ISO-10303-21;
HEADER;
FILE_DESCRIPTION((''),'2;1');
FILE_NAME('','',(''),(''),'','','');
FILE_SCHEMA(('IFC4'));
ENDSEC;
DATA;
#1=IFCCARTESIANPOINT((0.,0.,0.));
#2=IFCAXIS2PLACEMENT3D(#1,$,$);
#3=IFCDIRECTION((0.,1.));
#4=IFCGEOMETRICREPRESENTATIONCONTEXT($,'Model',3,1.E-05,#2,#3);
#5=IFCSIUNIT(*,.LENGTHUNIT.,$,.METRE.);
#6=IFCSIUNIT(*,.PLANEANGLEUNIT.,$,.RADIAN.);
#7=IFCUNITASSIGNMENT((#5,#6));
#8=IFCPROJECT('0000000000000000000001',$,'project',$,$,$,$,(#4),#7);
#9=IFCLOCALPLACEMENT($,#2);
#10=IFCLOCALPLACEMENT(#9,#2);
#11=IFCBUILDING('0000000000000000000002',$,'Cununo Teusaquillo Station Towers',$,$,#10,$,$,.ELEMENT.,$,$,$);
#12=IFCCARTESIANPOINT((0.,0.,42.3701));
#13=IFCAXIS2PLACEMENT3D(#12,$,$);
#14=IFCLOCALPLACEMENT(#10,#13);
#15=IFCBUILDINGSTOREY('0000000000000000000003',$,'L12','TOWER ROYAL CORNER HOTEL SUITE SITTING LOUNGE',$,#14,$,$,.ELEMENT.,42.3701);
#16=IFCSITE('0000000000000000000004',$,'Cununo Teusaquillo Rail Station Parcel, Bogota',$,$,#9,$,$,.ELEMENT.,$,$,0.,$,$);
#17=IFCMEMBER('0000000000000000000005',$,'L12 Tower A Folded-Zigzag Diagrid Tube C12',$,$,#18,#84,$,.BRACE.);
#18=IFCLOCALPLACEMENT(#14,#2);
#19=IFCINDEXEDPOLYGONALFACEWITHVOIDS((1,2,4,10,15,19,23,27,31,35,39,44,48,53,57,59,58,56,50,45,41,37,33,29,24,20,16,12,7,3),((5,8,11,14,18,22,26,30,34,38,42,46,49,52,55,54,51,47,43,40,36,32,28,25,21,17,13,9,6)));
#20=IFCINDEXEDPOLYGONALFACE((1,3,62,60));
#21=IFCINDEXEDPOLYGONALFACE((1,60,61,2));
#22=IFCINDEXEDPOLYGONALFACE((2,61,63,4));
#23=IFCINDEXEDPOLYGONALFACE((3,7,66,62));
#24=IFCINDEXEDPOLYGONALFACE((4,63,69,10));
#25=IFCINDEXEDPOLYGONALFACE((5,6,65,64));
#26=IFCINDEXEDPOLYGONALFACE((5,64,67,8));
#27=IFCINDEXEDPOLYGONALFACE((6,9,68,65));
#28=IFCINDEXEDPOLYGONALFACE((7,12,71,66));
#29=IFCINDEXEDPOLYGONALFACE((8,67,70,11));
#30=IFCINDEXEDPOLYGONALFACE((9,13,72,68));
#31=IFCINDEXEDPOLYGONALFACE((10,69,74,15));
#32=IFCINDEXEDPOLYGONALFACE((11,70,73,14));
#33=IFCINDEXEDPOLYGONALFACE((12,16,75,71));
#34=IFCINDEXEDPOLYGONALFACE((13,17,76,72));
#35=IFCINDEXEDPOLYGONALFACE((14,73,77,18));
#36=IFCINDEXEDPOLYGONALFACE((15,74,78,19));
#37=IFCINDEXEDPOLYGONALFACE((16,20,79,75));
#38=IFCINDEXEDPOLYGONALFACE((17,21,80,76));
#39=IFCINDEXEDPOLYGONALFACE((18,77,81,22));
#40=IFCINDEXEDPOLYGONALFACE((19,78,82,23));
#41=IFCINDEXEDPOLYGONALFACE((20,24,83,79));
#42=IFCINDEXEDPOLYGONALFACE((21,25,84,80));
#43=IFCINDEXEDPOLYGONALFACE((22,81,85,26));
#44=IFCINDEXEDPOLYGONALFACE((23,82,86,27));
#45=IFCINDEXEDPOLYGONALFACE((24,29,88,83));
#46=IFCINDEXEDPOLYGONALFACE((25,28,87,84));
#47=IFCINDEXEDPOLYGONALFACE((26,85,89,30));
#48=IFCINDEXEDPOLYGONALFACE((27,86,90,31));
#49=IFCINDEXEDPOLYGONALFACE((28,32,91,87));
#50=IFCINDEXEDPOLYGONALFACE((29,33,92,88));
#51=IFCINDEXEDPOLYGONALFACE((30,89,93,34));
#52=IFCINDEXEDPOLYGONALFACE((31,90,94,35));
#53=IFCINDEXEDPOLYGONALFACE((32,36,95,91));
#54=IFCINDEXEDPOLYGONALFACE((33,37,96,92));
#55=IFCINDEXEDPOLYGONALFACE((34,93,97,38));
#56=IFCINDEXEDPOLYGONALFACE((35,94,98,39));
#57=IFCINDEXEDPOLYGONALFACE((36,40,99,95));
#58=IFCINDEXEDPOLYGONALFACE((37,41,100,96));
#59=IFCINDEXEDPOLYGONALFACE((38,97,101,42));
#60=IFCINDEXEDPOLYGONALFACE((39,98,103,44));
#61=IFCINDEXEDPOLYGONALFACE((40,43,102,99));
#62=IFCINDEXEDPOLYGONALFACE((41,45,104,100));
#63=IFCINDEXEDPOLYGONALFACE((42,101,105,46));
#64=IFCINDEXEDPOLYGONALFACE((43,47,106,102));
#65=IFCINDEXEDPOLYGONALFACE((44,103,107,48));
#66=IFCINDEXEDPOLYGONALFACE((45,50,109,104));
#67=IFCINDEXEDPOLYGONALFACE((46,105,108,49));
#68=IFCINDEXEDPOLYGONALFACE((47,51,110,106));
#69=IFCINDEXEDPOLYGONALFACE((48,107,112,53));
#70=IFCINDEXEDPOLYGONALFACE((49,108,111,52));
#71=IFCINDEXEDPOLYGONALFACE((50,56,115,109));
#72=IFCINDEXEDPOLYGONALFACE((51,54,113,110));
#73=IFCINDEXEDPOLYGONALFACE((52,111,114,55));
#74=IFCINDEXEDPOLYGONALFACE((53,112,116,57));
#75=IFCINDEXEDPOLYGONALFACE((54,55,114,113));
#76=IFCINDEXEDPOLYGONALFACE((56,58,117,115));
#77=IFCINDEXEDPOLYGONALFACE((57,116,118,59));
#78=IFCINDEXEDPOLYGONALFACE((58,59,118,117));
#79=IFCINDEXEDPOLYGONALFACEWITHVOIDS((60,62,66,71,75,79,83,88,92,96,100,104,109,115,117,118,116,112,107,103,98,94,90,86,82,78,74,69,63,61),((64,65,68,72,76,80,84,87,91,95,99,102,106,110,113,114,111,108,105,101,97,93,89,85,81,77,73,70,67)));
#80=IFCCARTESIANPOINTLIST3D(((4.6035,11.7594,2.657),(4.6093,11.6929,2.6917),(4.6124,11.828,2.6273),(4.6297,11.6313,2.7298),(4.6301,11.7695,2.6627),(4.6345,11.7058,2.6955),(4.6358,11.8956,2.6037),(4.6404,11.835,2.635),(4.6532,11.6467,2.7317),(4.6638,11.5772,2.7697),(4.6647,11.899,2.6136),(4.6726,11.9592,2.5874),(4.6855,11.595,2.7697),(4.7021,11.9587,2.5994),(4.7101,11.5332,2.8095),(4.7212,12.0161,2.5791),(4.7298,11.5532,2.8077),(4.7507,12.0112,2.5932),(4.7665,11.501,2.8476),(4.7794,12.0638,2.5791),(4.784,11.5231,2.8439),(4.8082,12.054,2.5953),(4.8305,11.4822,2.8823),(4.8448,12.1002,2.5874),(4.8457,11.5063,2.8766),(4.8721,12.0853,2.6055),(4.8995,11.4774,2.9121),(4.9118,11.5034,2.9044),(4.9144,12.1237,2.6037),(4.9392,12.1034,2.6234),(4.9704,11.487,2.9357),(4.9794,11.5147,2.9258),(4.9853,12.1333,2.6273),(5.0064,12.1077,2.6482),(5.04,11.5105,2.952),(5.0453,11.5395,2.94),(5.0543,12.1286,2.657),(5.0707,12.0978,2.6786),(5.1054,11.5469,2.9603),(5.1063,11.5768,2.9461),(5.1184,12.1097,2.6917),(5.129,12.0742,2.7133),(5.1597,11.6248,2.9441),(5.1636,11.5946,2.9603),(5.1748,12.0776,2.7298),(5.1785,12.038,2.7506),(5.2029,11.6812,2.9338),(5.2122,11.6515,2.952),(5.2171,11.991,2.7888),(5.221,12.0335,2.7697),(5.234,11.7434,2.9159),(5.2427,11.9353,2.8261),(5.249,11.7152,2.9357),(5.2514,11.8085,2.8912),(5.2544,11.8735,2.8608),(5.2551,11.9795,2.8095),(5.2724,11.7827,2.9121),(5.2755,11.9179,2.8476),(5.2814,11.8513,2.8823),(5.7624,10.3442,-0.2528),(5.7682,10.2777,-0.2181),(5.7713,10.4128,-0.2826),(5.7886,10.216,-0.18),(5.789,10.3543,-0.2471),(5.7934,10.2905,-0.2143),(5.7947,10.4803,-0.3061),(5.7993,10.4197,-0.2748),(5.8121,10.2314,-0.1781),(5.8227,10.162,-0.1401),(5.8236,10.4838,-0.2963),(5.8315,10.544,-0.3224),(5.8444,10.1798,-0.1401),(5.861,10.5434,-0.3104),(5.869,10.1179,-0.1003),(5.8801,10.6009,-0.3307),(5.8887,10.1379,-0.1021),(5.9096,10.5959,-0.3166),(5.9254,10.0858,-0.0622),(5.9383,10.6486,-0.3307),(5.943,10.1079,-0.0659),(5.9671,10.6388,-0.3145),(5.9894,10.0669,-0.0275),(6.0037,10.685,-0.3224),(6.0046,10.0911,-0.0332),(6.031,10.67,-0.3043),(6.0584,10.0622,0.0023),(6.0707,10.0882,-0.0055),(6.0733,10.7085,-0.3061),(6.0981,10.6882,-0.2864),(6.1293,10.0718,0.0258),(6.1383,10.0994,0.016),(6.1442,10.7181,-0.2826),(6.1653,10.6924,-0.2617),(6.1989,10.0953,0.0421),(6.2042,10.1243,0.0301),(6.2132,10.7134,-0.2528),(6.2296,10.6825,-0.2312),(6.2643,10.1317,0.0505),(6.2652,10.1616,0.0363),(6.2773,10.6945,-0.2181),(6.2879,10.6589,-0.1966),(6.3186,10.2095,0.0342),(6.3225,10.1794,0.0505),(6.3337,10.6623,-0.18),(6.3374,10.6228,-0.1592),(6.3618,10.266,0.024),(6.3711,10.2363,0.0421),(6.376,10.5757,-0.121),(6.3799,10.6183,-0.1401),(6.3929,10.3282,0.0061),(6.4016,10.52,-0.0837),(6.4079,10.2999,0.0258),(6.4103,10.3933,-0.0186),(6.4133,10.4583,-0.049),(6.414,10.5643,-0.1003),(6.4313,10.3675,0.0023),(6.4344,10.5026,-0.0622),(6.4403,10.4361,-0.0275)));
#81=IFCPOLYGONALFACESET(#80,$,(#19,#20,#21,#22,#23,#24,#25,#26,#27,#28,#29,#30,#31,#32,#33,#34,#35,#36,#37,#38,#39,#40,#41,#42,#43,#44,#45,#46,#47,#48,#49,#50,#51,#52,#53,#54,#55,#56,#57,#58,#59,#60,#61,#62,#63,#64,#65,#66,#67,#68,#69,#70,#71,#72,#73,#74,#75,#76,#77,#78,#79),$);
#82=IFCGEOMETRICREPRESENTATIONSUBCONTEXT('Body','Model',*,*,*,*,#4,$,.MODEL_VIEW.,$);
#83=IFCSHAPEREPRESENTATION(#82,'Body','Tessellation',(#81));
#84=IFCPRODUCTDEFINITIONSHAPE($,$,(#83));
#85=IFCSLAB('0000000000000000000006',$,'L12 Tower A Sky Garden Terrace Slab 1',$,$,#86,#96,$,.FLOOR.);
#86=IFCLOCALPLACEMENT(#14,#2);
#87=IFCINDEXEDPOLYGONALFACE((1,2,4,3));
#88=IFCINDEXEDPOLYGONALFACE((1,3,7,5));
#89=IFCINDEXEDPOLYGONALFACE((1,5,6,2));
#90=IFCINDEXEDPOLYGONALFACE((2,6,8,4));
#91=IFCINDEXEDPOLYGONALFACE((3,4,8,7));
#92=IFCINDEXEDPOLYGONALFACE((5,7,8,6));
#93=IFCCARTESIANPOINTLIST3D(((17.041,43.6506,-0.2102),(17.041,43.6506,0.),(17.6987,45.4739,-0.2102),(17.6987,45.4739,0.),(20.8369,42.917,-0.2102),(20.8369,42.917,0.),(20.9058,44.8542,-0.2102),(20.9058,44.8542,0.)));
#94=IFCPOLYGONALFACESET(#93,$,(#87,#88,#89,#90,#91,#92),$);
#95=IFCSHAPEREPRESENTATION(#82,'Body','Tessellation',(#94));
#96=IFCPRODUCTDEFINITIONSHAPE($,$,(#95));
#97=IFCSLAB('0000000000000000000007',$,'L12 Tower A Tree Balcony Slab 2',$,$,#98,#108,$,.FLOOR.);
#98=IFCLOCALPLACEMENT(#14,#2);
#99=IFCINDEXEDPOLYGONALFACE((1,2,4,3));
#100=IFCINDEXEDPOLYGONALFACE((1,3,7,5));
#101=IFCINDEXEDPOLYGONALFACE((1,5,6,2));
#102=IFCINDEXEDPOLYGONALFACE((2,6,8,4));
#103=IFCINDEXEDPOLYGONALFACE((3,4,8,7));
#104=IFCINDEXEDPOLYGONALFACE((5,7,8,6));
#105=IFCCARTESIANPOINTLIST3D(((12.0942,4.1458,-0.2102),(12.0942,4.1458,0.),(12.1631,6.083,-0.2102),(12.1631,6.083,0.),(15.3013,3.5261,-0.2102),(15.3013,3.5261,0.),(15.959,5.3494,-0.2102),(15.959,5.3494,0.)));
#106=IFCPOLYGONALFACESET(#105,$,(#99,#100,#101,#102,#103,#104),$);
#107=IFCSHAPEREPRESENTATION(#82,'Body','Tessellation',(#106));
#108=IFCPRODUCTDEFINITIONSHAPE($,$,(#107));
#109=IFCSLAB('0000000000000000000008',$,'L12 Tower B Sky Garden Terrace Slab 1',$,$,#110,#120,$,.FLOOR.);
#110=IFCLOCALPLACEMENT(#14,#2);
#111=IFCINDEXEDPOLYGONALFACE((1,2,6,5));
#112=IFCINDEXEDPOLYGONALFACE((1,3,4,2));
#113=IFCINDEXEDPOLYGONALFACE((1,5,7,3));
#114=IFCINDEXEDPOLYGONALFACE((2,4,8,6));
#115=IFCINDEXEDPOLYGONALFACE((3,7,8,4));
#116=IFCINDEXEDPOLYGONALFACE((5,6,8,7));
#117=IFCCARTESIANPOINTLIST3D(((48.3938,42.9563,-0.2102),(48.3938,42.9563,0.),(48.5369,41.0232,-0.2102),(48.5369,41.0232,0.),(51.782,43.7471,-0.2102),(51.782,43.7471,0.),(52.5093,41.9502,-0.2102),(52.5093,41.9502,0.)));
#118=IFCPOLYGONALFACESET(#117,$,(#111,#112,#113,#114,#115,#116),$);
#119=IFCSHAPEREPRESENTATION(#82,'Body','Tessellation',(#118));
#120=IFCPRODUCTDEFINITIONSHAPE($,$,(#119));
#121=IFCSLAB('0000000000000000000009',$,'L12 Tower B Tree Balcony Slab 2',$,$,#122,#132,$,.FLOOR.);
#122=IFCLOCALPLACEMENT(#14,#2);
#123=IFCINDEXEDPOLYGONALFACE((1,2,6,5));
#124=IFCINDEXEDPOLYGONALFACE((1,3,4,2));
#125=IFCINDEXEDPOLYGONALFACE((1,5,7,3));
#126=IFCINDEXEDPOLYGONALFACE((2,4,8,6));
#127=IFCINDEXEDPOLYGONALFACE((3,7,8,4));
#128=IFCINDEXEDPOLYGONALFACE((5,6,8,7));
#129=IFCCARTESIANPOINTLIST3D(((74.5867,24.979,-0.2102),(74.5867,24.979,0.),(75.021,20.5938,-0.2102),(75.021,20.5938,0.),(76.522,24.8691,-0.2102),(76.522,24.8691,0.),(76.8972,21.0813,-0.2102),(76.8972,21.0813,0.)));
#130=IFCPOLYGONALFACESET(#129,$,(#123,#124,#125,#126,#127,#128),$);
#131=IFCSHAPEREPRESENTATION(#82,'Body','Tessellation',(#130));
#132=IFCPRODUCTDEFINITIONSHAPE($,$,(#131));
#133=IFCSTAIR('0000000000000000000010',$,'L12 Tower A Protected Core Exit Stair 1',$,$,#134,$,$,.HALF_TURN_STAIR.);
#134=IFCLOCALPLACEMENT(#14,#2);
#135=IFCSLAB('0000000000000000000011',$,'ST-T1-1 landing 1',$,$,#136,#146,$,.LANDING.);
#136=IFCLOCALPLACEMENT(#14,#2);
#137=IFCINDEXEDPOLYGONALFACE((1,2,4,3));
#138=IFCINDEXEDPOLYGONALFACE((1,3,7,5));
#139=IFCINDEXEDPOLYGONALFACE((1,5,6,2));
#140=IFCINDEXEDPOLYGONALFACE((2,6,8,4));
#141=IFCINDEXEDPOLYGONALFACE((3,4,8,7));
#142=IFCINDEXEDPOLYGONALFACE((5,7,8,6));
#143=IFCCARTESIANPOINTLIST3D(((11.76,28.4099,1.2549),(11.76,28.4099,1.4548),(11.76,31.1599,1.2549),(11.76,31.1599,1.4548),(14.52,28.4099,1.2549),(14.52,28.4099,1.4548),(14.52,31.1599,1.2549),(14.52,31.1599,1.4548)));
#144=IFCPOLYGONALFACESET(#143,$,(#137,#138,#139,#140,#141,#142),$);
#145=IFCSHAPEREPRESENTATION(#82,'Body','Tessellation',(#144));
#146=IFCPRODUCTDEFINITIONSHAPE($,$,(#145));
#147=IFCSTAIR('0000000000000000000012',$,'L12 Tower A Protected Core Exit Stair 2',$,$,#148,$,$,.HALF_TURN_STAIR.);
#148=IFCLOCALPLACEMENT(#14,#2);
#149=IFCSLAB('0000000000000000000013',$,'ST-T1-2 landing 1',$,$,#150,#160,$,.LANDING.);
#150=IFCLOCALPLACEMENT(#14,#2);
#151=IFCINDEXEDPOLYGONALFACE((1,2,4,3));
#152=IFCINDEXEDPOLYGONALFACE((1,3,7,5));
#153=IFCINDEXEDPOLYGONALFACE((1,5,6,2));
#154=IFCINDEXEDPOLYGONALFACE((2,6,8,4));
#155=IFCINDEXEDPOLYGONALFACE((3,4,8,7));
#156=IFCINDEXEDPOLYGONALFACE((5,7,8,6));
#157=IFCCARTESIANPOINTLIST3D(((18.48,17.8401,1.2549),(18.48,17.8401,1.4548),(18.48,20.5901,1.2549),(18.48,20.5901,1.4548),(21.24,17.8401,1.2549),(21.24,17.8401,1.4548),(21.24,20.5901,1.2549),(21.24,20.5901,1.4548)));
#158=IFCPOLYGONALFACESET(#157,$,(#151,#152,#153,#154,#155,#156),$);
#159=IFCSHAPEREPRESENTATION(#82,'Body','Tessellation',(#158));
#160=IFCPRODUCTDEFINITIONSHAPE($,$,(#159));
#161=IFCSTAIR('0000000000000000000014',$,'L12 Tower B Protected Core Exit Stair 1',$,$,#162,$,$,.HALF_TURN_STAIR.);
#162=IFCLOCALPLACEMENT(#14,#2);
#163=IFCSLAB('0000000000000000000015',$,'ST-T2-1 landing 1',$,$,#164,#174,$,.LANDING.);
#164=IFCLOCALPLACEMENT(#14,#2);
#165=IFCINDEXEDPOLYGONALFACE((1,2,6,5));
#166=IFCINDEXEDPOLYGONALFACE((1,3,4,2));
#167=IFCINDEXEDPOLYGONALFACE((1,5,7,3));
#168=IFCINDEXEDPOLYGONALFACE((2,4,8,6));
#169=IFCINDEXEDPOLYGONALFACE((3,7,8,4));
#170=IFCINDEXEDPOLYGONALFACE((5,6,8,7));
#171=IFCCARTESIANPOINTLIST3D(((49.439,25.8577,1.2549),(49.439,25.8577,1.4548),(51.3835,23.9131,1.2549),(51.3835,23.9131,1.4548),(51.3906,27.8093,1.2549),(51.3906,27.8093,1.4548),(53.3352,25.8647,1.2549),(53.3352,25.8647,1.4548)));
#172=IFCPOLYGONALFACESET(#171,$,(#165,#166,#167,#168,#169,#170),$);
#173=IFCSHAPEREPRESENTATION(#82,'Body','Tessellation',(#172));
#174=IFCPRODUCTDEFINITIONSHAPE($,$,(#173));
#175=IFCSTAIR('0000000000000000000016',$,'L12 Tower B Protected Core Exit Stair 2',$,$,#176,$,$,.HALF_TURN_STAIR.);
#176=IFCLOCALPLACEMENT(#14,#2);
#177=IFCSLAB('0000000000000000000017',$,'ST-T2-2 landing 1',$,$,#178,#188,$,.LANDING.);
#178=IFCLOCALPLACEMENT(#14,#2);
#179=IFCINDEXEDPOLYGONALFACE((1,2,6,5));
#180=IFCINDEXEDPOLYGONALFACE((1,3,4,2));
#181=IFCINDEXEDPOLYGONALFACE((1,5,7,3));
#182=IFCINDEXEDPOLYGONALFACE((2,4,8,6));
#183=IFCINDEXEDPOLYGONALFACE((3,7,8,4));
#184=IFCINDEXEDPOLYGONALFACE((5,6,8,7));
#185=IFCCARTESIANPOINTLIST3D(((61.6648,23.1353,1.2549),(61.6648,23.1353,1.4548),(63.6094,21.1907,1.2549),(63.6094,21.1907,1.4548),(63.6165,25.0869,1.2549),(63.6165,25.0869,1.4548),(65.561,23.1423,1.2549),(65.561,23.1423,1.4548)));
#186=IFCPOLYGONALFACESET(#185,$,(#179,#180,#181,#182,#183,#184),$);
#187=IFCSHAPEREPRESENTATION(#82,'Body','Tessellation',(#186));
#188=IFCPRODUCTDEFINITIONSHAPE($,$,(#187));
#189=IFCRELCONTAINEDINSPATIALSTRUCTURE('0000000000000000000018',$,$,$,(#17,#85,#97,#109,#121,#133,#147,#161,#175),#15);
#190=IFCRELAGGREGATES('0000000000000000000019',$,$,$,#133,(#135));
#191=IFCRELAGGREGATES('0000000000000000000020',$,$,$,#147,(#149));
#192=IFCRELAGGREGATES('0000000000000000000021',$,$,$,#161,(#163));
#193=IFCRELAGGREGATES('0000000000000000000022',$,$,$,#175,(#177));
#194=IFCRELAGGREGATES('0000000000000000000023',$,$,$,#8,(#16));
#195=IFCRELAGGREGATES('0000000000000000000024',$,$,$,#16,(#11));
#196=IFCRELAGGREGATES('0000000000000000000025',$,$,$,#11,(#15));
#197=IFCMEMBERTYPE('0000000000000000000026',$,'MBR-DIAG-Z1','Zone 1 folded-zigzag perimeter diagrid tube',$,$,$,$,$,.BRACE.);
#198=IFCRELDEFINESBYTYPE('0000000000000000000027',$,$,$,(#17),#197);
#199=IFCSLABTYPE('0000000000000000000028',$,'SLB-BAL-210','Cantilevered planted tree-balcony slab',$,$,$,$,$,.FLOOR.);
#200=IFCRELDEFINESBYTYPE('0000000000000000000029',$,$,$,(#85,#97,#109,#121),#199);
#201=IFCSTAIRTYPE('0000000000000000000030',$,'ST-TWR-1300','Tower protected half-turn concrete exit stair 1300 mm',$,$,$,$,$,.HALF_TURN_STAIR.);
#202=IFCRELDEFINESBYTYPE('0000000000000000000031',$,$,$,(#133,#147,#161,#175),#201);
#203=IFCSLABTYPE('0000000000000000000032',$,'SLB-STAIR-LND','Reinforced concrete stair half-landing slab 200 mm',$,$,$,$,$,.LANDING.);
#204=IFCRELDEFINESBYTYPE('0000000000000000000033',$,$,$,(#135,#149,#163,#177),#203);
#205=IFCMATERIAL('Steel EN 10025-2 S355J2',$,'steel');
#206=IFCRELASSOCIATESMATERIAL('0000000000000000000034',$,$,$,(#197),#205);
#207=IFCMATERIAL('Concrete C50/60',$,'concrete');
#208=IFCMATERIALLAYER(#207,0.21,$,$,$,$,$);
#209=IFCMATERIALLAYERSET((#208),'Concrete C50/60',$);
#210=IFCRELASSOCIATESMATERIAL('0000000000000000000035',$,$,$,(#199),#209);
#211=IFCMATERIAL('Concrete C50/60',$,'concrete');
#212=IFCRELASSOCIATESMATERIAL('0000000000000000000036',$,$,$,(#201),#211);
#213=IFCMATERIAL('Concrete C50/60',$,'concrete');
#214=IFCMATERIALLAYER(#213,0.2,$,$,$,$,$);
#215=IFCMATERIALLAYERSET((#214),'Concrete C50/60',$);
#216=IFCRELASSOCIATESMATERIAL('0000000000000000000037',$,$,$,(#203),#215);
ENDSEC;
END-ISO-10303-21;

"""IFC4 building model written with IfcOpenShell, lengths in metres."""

from ifc_helpers import new_model, si_unit, direction, frame, origin, origin_2d, place, context, subcontext, project, spatial, polyline, hollow_circle, outline, extrude, material, layer, layer_set, material_profile, profile_set, type_object, element, aggregate, save


model = new_model("IFC4")

# Units and contexts
model_context = context("Model", 3, precision=1e-05, world=origin(), true_north=direction((0.0, 1.0)))
body_context = subcontext(model_context, "Body", "Model", "MODEL_VIEW")
ifc_project = project(units=[si_unit("LENGTHUNIT", "METRE"), si_unit("PLANEANGLEUNIT", "RADIAN")], contexts=[model_context])

# Site, building, storey
site_placement = place(None, origin())
site = spatial("IfcSite", under=ifc_project, at=site_placement, Name="Cununo Teusaquillo Rail Station Parcel, Bogota", CompositionType="ELEMENT", RefElevation=0.0)
building_placement = place(site_placement, origin())
building = spatial("IfcBuilding", under=site, at=building_placement, Name="Cununo Teusaquillo Station Towers", CompositionType="ELEMENT")
storey_placement = place(building_placement, frame((0.0, 0.0, 42.3701)))
storey = spatial("IfcBuildingStorey", under=building, at=storey_placement, Name="L12", Description="TOWER ROYAL CORNER HOTEL SUITE SITTING LOUNGE", CompositionType="ELEMENT", Elevation=42.3701)

# Member
ifc_material_1 = material(Name="Steel EN 10025-2 S355J2", Category="steel")
ifc_material_profile_1 = material_profile(ifc_material_1, hollow_circle(Radius=0.3601, WallThickness=0.0281, at=origin_2d()), Name="CHS 720x28")
ifc_profile_set_1 = profile_set([ifc_material_profile_1], Name="Steel EN 10025-2 S355J2")
member_type = type_object("IfcMemberType", Name="MBR-DIAG-Z1", Description="Zone 1 folded-zigzag perimeter diagrid tube", PredefinedType="BRACE", material=ifc_profile_set_1)
member_placement = place(storey_placement, frame((6.1013, 10.3901, -0.1401), z_axis=(-0.337183, 0.411765, 0.846615), x_axis=(-0.773696, -0.633558, 0.0)))
element("IfcMember", 1, at=member_placement, inside=storey, type_object=member_type, Name="L12 Tower A Folded-Zigzag Diagrid Tube C12", PredefinedType="BRACE", context=body_context, shape_type="SweptSolid", body=[
    extrude(hollow_circle(Radius=0.3601, WallThickness=0.0281, at=origin_2d()), origin(), (0.0, 0.0, 1.0), 3.437),
])

# Slabs
ifc_material_2 = material(Name="Concrete C50/60", Category="concrete")
ifc_layer_1 = layer(ifc_material_2, 0.21)
ifc_layer_set_1 = layer_set([ifc_layer_1], Name="Concrete C50/60")
slab_type_1 = type_object("IfcSlabType", Name="SLB-BAL-210", Description="Cantilevered planted tree-balcony slab", PredefinedType="FLOOR", material=ifc_layer_set_1)
slab_1_placement = place(storey_placement, frame((0.0, 0.0, -0.2102)))
element("IfcSlab", 2, at=slab_1_placement, inside=storey, type_object=slab_type_1, Name="L12 Tower A Sky Garden Terrace Slab 1", PredefinedType="FLOOR", context=body_context, shape_type="SweptSolid", body=[
    extrude(outline(polyline([(20.8369, 42.917), (17.041, 43.6506), (17.6987, 45.4739), (20.9058, 44.8542), (20.8369, 42.917)])), origin(), (0.0, 0.0, 1.0), 0.2102),
])
slab_2_placement = place(storey_placement, frame((0.0, 0.0, -0.2102)))
element("IfcSlab", 3, at=slab_2_placement, inside=storey, type_object=slab_type_1, Name="L12 Tower A Tree Balcony Slab 2", PredefinedType="FLOOR", context=body_context, shape_type="SweptSolid", body=[
    extrude(outline(polyline([(12.1631, 6.083), (15.959, 5.3494), (15.3013, 3.5261), (12.0942, 4.1458), (12.1631, 6.083)])), origin(), (0.0, 0.0, 1.0), 0.2102),
])
slab_3_placement = place(storey_placement, frame((0.0, 0.0, -0.2102)))
element("IfcSlab", 4, at=slab_3_placement, inside=storey, type_object=slab_type_1, Name="L12 Tower B Sky Garden Terrace Slab 1", PredefinedType="FLOOR", context=body_context, shape_type="SweptSolid", body=[
    extrude(outline(polyline([(52.5093, 41.9502), (48.5369, 41.0232), (48.3938, 42.9563), (51.782, 43.7471), (52.5093, 41.9502)])), origin(), (0.0, 0.0, 1.0), 0.2102),
])
slab_4_placement = place(storey_placement, frame((0.0, 0.0, -0.2102)))
element("IfcSlab", 5, at=slab_4_placement, inside=storey, type_object=slab_type_1, Name="L12 Tower B Tree Balcony Slab 2", PredefinedType="FLOOR", context=body_context, shape_type="SweptSolid", body=[
    extrude(outline(polyline([(75.021, 20.5938), (74.5867, 24.979), (76.522, 24.8691), (76.8972, 21.0813), (75.021, 20.5938)])), origin(), (0.0, 0.0, 1.0), 0.2102),
])

# Stairs, slabs
ifc_material_3 = material(Name="Concrete C50/60", Category="concrete")
stair_type = type_object("IfcStairType", Name="ST-TWR-1300", Description="Tower protected half-turn concrete exit stair 1300 mm", PredefinedType="HALF_TURN_STAIR", material=ifc_material_3)
stair_1_placement = place(storey_placement, origin())
stair_1 = element("IfcStair", 6, at=stair_1_placement, inside=storey, type_object=stair_type, Name="L12 Tower A Protected Core Exit Stair 1", PredefinedType="HALF_TURN_STAIR")
ifc_material_4 = material(Name="Concrete C50/60", Category="concrete")
ifc_layer_2 = layer(ifc_material_4, 0.2)
ifc_layer_set_2 = layer_set([ifc_layer_2], Name="Concrete C50/60")
slab_type_2 = type_object("IfcSlabType", Name="SLB-STAIR-LND", Description="Reinforced concrete stair half-landing slab 200 mm", PredefinedType="LANDING", material=ifc_layer_set_2)
slab_5_placement = place(storey_placement, frame((0.0, 0.0, 1.2549)))
slab_5 = element("IfcSlab", 7, at=slab_5_placement, type_object=slab_type_2, Name="ST-T1-1 landing 1", PredefinedType="LANDING", context=body_context, shape_type="SweptSolid", body=[
    extrude(outline(polyline([(14.52, 28.4099), (14.52, 31.1599), (11.76, 31.1599), (11.76, 28.4099), (14.52, 28.4099)])), origin(), (0.0, 0.0, 1.0), 0.2),
])
aggregate(stair_1, [slab_5])
stair_2_placement = place(storey_placement, origin())
stair_2 = element("IfcStair", 8, at=stair_2_placement, inside=storey, type_object=stair_type, Name="L12 Tower A Protected Core Exit Stair 2", PredefinedType="HALF_TURN_STAIR")
slab_6_placement = place(storey_placement, frame((0.0, 0.0, 1.2549)))
slab_6 = element("IfcSlab", 9, at=slab_6_placement, type_object=slab_type_2, Name="ST-T1-2 landing 1", PredefinedType="LANDING", context=body_context, shape_type="SweptSolid", body=[
    extrude(outline(polyline([(18.48, 20.5901), (18.48, 17.8401), (21.24, 17.8401), (21.24, 20.5901), (18.48, 20.5901)])), origin(), (0.0, 0.0, 1.0), 0.2),
])
aggregate(stair_2, [slab_6])
stair_3_placement = place(storey_placement, origin())
stair_3 = element("IfcStair", 10, at=stair_3_placement, inside=storey, type_object=stair_type, Name="L12 Tower B Protected Core Exit Stair 1", PredefinedType="HALF_TURN_STAIR")
slab_7_placement = place(storey_placement, frame((0.0, 0.0, 1.2549)))
slab_7 = element("IfcSlab", 11, at=slab_7_placement, type_object=slab_type_2, Name="ST-T2-1 landing 1", PredefinedType="LANDING", context=body_context, shape_type="SweptSolid", body=[
    extrude(outline(polyline([(53.3352, 25.8647), (51.3906, 27.8093), (49.439, 25.8577), (51.3835, 23.9131), (53.3352, 25.8647)])), origin(), (0.0, 0.0, 1.0), 0.2),
])
aggregate(stair_3, [slab_7])
stair_4_placement = place(storey_placement, origin())
stair_4 = element("IfcStair", 12, at=stair_4_placement, inside=storey, type_object=stair_type, Name="L12 Tower B Protected Core Exit Stair 2", PredefinedType="HALF_TURN_STAIR")
slab_8_placement = place(storey_placement, frame((0.0, 0.0, 1.2549)))
slab_8 = element("IfcSlab", 13, at=slab_8_placement, type_object=slab_type_2, Name="ST-T2-2 landing 1", PredefinedType="LANDING", context=body_context, shape_type="SweptSolid", body=[
    extrude(outline(polyline([(61.6648, 23.1353), (63.6094, 21.1907), (65.561, 23.1423), (63.6165, 25.0869), (61.6648, 23.1353)])), origin(), (0.0, 0.0, 1.0), 0.2),
])
aggregate(stair_4, [slab_8])

save(model, "model.ifc")
